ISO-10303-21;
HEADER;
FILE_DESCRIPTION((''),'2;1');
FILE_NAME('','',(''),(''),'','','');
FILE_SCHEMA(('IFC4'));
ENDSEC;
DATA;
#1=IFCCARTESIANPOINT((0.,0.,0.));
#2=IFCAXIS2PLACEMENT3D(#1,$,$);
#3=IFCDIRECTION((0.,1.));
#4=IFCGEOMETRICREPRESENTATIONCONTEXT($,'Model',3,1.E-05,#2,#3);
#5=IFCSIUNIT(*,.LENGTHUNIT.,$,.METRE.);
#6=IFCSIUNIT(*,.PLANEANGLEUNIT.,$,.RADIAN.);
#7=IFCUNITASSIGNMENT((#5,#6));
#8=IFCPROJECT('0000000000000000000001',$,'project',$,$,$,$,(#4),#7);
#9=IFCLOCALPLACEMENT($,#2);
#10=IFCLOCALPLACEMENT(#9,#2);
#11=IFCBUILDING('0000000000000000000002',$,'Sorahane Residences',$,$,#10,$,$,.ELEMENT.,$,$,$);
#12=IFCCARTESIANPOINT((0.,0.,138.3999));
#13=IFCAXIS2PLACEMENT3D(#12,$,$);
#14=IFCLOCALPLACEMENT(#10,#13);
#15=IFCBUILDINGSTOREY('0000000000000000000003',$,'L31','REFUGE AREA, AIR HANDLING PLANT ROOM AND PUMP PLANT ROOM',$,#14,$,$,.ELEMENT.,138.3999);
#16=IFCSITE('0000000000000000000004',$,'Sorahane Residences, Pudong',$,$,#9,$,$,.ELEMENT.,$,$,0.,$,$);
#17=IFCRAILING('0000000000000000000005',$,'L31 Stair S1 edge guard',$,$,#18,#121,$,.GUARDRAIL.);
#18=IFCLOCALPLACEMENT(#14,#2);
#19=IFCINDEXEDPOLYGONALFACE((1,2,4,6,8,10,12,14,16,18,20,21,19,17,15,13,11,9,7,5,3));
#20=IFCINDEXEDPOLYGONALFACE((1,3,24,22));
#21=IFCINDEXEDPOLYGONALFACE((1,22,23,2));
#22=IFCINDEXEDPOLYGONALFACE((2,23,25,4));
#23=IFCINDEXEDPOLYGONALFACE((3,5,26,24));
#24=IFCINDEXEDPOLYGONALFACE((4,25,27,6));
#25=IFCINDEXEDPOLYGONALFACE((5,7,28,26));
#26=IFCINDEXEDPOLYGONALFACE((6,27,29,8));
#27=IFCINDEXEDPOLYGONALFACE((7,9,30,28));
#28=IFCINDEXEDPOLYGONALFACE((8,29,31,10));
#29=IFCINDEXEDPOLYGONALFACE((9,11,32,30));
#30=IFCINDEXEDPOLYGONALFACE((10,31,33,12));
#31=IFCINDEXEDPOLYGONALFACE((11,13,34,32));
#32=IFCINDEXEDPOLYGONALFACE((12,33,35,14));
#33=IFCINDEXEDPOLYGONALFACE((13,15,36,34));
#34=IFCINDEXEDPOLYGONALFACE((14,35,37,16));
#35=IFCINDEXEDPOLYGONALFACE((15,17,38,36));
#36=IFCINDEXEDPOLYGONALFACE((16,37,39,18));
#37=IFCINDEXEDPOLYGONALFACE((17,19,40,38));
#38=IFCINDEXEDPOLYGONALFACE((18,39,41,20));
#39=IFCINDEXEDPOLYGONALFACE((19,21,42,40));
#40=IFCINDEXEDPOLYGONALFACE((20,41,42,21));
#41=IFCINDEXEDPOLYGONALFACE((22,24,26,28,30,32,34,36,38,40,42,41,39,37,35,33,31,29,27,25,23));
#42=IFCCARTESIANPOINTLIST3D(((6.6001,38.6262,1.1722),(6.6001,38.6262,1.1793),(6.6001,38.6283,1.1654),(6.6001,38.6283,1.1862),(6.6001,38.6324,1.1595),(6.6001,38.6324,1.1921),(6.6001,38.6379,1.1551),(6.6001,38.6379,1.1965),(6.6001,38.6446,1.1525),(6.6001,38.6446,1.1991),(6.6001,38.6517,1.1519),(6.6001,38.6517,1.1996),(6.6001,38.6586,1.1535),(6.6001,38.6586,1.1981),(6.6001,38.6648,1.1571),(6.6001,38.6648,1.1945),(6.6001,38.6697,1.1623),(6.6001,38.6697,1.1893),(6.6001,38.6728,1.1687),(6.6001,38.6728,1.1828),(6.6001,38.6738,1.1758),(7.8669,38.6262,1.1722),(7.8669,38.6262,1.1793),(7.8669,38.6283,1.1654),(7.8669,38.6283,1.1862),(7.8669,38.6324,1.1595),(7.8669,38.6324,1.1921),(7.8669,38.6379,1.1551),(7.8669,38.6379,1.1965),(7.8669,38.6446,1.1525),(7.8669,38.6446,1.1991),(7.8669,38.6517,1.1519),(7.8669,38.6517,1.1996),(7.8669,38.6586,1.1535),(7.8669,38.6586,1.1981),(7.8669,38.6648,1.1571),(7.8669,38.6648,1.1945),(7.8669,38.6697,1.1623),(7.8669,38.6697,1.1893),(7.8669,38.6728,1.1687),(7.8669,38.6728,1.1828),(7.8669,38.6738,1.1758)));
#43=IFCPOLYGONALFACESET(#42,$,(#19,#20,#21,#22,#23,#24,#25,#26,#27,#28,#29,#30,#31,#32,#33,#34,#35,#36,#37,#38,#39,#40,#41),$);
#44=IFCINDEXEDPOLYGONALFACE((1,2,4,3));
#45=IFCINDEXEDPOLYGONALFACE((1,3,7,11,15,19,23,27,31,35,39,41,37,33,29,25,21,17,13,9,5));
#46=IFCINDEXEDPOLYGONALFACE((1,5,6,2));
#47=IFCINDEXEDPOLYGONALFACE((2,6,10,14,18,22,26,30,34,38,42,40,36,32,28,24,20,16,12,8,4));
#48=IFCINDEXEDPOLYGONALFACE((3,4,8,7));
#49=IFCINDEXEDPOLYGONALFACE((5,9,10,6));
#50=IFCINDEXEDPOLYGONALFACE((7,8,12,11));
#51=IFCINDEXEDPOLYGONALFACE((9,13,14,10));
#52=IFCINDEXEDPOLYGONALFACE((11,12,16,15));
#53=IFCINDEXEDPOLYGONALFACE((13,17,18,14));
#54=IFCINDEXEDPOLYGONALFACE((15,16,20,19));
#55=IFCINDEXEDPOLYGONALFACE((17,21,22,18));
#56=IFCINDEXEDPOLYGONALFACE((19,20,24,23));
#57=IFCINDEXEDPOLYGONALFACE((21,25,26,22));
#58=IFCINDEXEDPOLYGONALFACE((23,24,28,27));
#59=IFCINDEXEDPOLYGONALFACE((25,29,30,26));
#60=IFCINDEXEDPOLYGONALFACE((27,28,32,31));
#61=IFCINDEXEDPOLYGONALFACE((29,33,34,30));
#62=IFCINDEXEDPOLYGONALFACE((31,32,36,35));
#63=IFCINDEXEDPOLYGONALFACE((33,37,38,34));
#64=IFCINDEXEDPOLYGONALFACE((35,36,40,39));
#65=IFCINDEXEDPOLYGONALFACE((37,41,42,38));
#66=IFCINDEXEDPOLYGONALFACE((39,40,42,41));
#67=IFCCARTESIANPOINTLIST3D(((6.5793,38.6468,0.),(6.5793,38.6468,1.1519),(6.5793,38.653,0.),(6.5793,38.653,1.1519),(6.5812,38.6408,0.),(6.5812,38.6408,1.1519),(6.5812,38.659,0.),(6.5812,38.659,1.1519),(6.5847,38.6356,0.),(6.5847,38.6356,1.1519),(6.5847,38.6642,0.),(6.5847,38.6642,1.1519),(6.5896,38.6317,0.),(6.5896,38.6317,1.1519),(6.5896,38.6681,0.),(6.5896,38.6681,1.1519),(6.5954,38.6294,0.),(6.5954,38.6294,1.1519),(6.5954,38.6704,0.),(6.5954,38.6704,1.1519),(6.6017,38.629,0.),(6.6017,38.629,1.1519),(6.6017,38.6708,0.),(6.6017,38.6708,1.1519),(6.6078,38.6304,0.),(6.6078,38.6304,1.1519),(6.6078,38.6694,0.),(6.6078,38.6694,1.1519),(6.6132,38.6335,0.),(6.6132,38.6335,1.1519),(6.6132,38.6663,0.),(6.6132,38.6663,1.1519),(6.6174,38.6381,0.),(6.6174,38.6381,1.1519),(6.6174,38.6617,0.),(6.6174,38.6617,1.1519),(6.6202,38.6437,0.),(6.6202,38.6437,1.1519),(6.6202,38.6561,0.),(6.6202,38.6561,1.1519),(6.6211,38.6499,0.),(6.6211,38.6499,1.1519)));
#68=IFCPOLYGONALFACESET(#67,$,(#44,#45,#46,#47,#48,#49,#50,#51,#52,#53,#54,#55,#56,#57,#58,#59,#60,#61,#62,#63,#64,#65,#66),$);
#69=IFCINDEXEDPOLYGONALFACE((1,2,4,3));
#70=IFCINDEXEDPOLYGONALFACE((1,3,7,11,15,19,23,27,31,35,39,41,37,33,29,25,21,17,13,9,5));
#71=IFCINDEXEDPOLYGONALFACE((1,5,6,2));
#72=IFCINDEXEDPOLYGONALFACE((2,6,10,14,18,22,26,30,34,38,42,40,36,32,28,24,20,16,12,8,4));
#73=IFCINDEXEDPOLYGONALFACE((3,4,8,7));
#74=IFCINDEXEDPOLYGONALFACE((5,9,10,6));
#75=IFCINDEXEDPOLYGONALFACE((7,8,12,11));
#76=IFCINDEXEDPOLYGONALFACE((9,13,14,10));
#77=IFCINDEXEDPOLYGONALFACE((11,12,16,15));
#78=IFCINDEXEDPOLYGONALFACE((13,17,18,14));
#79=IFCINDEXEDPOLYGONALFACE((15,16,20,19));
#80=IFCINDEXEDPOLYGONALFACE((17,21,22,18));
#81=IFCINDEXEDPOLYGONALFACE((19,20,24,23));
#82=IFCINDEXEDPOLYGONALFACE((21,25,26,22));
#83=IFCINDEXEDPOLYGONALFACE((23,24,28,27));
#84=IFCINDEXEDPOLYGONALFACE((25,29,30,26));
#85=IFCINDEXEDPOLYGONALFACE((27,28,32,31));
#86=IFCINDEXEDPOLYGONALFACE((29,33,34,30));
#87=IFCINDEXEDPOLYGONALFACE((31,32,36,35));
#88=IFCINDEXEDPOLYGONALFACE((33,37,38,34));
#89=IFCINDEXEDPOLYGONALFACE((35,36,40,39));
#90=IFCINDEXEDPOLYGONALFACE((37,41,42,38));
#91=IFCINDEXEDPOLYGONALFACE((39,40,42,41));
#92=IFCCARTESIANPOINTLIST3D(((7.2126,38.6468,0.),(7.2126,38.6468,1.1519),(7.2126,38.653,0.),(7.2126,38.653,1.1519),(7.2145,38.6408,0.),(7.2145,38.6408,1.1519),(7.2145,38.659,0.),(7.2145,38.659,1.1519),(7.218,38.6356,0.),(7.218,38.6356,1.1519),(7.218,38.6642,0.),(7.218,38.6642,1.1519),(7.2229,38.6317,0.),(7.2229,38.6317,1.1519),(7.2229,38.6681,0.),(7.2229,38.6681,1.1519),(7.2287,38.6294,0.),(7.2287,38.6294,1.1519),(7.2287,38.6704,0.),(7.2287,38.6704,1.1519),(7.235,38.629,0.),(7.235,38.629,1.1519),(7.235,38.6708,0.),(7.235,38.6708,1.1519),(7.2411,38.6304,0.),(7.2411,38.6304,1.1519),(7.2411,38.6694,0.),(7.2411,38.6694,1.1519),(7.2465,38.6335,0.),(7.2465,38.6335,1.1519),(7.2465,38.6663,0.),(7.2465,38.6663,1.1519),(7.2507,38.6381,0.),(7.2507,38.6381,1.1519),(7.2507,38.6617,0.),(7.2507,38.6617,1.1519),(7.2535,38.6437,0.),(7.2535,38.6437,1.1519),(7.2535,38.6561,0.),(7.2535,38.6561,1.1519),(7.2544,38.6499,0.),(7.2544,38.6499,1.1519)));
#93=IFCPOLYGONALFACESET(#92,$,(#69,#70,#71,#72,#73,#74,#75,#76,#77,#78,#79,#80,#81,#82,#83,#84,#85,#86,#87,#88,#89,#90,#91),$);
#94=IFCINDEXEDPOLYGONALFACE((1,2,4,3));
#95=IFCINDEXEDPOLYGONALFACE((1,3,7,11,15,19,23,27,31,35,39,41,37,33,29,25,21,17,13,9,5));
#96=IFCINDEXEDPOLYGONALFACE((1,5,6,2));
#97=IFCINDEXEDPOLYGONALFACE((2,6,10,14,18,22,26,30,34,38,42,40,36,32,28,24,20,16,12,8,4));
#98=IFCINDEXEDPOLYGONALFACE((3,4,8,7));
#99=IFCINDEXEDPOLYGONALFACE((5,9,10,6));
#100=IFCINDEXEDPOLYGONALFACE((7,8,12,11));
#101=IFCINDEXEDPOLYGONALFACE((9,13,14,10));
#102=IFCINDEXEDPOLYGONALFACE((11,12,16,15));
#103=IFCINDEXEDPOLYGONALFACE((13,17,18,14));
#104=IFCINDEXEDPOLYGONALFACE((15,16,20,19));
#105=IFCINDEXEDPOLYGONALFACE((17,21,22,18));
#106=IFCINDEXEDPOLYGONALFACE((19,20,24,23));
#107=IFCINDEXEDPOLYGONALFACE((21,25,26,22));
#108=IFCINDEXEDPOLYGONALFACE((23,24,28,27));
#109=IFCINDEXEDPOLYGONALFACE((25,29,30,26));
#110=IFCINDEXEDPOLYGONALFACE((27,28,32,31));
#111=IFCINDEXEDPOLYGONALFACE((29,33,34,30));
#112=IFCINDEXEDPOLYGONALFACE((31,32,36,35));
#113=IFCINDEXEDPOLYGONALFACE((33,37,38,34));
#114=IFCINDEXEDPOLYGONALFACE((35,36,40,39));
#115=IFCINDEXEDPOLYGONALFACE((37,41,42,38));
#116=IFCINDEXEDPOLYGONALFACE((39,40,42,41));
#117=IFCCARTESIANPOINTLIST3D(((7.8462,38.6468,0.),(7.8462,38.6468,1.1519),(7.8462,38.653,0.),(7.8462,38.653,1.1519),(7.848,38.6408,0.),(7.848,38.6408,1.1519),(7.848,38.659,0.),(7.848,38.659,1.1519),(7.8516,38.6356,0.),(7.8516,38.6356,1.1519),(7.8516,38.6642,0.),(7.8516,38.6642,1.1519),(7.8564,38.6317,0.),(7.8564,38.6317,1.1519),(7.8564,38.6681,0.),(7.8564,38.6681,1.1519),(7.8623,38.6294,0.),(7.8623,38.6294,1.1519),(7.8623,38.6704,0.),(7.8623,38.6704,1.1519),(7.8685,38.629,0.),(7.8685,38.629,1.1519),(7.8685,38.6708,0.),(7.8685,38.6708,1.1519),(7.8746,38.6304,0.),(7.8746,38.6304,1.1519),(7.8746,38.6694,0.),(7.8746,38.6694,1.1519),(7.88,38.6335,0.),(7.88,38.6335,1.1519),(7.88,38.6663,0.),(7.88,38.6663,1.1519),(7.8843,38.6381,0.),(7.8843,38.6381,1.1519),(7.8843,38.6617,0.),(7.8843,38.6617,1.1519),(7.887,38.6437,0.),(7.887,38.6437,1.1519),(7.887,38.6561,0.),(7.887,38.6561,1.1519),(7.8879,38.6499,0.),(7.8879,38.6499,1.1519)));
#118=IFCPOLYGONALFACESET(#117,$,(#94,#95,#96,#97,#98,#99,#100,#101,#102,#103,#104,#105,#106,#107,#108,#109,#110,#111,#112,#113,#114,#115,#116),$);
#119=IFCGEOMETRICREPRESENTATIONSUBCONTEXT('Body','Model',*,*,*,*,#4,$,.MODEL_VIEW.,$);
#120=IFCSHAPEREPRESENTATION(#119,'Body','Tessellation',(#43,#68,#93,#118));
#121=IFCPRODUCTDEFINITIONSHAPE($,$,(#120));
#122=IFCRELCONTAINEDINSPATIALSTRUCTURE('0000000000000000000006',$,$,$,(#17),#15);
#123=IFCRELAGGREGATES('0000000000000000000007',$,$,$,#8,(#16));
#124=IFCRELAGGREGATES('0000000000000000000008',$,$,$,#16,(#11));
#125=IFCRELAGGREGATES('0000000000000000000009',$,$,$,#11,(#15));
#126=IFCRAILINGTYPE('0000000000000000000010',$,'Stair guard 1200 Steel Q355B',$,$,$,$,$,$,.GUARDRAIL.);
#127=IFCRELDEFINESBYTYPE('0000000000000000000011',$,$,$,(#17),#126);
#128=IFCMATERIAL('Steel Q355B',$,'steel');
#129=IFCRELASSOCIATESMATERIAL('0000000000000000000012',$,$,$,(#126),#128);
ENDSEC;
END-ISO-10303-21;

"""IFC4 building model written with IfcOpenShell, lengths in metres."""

from ifc_helpers import new_model, si_unit, direction, frame, origin, origin_2d, place, context, subcontext, project, spatial, circle, extrude, material, type_object, element, save


model = new_model("IFC4")

# Units and contexts
model_context = context("Model", 3, precision=1e-05, world=origin(), true_north=direction((0.0, 1.0)))
body_context = subcontext(model_context, "Body", "Model", "MODEL_VIEW")
ifc_project = project(units=[si_unit("LENGTHUNIT", "METRE"), si_unit("PLANEANGLEUNIT", "RADIAN")], contexts=[model_context])

# Site, building, storey
site_placement = place(None, origin())
site = spatial("IfcSite", under=ifc_project, at=site_placement, Name="Sorahane Residences, Pudong", CompositionType="ELEMENT", RefElevation=0.0)
building_placement = place(site_placement, origin())
building = spatial("IfcBuilding", under=site, at=building_placement, Name="Sorahane Residences", CompositionType="ELEMENT")
storey_placement = place(building_placement, frame((0.0, 0.0, 138.3999)))
storey = spatial("IfcBuildingStorey", under=building, at=storey_placement, Name="L31", Description="REFUGE AREA, AIR HANDLING PLANT ROOM AND PUMP PLANT ROOM", CompositionType="ELEMENT", Elevation=138.3999)

# Railing
ifc_material_1 = material(Name="Steel Q355B", Category="steel")
railing_type = type_object("IfcRailingType", Name="Stair guard 1200 Steel Q355B", PredefinedType="GUARDRAIL", material=ifc_material_1)
railing_1_placement = place(storey_placement, frame((6.6001, 38.6499, 0.0)))
element("IfcRailing", 1, at=railing_1_placement, inside=storey, type_object=railing_type, Name="L31 Stair S1 edge guard", PredefinedType="GUARDRAIL", context=body_context, shape_type="SweptSolid", body=[
    extrude(circle(Radius=0.0239, at=origin_2d()), frame((0.0, 0.0, 1.1758), z_axis=(1.0, 0.0, 0.0), x_axis=(0.0, 1.0, 0.0)), (0.0, 0.0, 1.0), 1.2668),
    extrude(circle(Radius=0.021, at=origin_2d()), origin(), (0.0, 0.0, 1.0), 1.1519),
    extrude(circle(Radius=0.021, at=origin_2d()), frame((0.6333, 0.0, 0.0)), (0.0, 0.0, 1.0), 1.1519),
    extrude(circle(Radius=0.021, at=origin_2d()), frame((1.2668, 0.0, 0.0)), (0.0, 0.0, 1.0), 1.1519),
])

save(model, "model.ifc")
